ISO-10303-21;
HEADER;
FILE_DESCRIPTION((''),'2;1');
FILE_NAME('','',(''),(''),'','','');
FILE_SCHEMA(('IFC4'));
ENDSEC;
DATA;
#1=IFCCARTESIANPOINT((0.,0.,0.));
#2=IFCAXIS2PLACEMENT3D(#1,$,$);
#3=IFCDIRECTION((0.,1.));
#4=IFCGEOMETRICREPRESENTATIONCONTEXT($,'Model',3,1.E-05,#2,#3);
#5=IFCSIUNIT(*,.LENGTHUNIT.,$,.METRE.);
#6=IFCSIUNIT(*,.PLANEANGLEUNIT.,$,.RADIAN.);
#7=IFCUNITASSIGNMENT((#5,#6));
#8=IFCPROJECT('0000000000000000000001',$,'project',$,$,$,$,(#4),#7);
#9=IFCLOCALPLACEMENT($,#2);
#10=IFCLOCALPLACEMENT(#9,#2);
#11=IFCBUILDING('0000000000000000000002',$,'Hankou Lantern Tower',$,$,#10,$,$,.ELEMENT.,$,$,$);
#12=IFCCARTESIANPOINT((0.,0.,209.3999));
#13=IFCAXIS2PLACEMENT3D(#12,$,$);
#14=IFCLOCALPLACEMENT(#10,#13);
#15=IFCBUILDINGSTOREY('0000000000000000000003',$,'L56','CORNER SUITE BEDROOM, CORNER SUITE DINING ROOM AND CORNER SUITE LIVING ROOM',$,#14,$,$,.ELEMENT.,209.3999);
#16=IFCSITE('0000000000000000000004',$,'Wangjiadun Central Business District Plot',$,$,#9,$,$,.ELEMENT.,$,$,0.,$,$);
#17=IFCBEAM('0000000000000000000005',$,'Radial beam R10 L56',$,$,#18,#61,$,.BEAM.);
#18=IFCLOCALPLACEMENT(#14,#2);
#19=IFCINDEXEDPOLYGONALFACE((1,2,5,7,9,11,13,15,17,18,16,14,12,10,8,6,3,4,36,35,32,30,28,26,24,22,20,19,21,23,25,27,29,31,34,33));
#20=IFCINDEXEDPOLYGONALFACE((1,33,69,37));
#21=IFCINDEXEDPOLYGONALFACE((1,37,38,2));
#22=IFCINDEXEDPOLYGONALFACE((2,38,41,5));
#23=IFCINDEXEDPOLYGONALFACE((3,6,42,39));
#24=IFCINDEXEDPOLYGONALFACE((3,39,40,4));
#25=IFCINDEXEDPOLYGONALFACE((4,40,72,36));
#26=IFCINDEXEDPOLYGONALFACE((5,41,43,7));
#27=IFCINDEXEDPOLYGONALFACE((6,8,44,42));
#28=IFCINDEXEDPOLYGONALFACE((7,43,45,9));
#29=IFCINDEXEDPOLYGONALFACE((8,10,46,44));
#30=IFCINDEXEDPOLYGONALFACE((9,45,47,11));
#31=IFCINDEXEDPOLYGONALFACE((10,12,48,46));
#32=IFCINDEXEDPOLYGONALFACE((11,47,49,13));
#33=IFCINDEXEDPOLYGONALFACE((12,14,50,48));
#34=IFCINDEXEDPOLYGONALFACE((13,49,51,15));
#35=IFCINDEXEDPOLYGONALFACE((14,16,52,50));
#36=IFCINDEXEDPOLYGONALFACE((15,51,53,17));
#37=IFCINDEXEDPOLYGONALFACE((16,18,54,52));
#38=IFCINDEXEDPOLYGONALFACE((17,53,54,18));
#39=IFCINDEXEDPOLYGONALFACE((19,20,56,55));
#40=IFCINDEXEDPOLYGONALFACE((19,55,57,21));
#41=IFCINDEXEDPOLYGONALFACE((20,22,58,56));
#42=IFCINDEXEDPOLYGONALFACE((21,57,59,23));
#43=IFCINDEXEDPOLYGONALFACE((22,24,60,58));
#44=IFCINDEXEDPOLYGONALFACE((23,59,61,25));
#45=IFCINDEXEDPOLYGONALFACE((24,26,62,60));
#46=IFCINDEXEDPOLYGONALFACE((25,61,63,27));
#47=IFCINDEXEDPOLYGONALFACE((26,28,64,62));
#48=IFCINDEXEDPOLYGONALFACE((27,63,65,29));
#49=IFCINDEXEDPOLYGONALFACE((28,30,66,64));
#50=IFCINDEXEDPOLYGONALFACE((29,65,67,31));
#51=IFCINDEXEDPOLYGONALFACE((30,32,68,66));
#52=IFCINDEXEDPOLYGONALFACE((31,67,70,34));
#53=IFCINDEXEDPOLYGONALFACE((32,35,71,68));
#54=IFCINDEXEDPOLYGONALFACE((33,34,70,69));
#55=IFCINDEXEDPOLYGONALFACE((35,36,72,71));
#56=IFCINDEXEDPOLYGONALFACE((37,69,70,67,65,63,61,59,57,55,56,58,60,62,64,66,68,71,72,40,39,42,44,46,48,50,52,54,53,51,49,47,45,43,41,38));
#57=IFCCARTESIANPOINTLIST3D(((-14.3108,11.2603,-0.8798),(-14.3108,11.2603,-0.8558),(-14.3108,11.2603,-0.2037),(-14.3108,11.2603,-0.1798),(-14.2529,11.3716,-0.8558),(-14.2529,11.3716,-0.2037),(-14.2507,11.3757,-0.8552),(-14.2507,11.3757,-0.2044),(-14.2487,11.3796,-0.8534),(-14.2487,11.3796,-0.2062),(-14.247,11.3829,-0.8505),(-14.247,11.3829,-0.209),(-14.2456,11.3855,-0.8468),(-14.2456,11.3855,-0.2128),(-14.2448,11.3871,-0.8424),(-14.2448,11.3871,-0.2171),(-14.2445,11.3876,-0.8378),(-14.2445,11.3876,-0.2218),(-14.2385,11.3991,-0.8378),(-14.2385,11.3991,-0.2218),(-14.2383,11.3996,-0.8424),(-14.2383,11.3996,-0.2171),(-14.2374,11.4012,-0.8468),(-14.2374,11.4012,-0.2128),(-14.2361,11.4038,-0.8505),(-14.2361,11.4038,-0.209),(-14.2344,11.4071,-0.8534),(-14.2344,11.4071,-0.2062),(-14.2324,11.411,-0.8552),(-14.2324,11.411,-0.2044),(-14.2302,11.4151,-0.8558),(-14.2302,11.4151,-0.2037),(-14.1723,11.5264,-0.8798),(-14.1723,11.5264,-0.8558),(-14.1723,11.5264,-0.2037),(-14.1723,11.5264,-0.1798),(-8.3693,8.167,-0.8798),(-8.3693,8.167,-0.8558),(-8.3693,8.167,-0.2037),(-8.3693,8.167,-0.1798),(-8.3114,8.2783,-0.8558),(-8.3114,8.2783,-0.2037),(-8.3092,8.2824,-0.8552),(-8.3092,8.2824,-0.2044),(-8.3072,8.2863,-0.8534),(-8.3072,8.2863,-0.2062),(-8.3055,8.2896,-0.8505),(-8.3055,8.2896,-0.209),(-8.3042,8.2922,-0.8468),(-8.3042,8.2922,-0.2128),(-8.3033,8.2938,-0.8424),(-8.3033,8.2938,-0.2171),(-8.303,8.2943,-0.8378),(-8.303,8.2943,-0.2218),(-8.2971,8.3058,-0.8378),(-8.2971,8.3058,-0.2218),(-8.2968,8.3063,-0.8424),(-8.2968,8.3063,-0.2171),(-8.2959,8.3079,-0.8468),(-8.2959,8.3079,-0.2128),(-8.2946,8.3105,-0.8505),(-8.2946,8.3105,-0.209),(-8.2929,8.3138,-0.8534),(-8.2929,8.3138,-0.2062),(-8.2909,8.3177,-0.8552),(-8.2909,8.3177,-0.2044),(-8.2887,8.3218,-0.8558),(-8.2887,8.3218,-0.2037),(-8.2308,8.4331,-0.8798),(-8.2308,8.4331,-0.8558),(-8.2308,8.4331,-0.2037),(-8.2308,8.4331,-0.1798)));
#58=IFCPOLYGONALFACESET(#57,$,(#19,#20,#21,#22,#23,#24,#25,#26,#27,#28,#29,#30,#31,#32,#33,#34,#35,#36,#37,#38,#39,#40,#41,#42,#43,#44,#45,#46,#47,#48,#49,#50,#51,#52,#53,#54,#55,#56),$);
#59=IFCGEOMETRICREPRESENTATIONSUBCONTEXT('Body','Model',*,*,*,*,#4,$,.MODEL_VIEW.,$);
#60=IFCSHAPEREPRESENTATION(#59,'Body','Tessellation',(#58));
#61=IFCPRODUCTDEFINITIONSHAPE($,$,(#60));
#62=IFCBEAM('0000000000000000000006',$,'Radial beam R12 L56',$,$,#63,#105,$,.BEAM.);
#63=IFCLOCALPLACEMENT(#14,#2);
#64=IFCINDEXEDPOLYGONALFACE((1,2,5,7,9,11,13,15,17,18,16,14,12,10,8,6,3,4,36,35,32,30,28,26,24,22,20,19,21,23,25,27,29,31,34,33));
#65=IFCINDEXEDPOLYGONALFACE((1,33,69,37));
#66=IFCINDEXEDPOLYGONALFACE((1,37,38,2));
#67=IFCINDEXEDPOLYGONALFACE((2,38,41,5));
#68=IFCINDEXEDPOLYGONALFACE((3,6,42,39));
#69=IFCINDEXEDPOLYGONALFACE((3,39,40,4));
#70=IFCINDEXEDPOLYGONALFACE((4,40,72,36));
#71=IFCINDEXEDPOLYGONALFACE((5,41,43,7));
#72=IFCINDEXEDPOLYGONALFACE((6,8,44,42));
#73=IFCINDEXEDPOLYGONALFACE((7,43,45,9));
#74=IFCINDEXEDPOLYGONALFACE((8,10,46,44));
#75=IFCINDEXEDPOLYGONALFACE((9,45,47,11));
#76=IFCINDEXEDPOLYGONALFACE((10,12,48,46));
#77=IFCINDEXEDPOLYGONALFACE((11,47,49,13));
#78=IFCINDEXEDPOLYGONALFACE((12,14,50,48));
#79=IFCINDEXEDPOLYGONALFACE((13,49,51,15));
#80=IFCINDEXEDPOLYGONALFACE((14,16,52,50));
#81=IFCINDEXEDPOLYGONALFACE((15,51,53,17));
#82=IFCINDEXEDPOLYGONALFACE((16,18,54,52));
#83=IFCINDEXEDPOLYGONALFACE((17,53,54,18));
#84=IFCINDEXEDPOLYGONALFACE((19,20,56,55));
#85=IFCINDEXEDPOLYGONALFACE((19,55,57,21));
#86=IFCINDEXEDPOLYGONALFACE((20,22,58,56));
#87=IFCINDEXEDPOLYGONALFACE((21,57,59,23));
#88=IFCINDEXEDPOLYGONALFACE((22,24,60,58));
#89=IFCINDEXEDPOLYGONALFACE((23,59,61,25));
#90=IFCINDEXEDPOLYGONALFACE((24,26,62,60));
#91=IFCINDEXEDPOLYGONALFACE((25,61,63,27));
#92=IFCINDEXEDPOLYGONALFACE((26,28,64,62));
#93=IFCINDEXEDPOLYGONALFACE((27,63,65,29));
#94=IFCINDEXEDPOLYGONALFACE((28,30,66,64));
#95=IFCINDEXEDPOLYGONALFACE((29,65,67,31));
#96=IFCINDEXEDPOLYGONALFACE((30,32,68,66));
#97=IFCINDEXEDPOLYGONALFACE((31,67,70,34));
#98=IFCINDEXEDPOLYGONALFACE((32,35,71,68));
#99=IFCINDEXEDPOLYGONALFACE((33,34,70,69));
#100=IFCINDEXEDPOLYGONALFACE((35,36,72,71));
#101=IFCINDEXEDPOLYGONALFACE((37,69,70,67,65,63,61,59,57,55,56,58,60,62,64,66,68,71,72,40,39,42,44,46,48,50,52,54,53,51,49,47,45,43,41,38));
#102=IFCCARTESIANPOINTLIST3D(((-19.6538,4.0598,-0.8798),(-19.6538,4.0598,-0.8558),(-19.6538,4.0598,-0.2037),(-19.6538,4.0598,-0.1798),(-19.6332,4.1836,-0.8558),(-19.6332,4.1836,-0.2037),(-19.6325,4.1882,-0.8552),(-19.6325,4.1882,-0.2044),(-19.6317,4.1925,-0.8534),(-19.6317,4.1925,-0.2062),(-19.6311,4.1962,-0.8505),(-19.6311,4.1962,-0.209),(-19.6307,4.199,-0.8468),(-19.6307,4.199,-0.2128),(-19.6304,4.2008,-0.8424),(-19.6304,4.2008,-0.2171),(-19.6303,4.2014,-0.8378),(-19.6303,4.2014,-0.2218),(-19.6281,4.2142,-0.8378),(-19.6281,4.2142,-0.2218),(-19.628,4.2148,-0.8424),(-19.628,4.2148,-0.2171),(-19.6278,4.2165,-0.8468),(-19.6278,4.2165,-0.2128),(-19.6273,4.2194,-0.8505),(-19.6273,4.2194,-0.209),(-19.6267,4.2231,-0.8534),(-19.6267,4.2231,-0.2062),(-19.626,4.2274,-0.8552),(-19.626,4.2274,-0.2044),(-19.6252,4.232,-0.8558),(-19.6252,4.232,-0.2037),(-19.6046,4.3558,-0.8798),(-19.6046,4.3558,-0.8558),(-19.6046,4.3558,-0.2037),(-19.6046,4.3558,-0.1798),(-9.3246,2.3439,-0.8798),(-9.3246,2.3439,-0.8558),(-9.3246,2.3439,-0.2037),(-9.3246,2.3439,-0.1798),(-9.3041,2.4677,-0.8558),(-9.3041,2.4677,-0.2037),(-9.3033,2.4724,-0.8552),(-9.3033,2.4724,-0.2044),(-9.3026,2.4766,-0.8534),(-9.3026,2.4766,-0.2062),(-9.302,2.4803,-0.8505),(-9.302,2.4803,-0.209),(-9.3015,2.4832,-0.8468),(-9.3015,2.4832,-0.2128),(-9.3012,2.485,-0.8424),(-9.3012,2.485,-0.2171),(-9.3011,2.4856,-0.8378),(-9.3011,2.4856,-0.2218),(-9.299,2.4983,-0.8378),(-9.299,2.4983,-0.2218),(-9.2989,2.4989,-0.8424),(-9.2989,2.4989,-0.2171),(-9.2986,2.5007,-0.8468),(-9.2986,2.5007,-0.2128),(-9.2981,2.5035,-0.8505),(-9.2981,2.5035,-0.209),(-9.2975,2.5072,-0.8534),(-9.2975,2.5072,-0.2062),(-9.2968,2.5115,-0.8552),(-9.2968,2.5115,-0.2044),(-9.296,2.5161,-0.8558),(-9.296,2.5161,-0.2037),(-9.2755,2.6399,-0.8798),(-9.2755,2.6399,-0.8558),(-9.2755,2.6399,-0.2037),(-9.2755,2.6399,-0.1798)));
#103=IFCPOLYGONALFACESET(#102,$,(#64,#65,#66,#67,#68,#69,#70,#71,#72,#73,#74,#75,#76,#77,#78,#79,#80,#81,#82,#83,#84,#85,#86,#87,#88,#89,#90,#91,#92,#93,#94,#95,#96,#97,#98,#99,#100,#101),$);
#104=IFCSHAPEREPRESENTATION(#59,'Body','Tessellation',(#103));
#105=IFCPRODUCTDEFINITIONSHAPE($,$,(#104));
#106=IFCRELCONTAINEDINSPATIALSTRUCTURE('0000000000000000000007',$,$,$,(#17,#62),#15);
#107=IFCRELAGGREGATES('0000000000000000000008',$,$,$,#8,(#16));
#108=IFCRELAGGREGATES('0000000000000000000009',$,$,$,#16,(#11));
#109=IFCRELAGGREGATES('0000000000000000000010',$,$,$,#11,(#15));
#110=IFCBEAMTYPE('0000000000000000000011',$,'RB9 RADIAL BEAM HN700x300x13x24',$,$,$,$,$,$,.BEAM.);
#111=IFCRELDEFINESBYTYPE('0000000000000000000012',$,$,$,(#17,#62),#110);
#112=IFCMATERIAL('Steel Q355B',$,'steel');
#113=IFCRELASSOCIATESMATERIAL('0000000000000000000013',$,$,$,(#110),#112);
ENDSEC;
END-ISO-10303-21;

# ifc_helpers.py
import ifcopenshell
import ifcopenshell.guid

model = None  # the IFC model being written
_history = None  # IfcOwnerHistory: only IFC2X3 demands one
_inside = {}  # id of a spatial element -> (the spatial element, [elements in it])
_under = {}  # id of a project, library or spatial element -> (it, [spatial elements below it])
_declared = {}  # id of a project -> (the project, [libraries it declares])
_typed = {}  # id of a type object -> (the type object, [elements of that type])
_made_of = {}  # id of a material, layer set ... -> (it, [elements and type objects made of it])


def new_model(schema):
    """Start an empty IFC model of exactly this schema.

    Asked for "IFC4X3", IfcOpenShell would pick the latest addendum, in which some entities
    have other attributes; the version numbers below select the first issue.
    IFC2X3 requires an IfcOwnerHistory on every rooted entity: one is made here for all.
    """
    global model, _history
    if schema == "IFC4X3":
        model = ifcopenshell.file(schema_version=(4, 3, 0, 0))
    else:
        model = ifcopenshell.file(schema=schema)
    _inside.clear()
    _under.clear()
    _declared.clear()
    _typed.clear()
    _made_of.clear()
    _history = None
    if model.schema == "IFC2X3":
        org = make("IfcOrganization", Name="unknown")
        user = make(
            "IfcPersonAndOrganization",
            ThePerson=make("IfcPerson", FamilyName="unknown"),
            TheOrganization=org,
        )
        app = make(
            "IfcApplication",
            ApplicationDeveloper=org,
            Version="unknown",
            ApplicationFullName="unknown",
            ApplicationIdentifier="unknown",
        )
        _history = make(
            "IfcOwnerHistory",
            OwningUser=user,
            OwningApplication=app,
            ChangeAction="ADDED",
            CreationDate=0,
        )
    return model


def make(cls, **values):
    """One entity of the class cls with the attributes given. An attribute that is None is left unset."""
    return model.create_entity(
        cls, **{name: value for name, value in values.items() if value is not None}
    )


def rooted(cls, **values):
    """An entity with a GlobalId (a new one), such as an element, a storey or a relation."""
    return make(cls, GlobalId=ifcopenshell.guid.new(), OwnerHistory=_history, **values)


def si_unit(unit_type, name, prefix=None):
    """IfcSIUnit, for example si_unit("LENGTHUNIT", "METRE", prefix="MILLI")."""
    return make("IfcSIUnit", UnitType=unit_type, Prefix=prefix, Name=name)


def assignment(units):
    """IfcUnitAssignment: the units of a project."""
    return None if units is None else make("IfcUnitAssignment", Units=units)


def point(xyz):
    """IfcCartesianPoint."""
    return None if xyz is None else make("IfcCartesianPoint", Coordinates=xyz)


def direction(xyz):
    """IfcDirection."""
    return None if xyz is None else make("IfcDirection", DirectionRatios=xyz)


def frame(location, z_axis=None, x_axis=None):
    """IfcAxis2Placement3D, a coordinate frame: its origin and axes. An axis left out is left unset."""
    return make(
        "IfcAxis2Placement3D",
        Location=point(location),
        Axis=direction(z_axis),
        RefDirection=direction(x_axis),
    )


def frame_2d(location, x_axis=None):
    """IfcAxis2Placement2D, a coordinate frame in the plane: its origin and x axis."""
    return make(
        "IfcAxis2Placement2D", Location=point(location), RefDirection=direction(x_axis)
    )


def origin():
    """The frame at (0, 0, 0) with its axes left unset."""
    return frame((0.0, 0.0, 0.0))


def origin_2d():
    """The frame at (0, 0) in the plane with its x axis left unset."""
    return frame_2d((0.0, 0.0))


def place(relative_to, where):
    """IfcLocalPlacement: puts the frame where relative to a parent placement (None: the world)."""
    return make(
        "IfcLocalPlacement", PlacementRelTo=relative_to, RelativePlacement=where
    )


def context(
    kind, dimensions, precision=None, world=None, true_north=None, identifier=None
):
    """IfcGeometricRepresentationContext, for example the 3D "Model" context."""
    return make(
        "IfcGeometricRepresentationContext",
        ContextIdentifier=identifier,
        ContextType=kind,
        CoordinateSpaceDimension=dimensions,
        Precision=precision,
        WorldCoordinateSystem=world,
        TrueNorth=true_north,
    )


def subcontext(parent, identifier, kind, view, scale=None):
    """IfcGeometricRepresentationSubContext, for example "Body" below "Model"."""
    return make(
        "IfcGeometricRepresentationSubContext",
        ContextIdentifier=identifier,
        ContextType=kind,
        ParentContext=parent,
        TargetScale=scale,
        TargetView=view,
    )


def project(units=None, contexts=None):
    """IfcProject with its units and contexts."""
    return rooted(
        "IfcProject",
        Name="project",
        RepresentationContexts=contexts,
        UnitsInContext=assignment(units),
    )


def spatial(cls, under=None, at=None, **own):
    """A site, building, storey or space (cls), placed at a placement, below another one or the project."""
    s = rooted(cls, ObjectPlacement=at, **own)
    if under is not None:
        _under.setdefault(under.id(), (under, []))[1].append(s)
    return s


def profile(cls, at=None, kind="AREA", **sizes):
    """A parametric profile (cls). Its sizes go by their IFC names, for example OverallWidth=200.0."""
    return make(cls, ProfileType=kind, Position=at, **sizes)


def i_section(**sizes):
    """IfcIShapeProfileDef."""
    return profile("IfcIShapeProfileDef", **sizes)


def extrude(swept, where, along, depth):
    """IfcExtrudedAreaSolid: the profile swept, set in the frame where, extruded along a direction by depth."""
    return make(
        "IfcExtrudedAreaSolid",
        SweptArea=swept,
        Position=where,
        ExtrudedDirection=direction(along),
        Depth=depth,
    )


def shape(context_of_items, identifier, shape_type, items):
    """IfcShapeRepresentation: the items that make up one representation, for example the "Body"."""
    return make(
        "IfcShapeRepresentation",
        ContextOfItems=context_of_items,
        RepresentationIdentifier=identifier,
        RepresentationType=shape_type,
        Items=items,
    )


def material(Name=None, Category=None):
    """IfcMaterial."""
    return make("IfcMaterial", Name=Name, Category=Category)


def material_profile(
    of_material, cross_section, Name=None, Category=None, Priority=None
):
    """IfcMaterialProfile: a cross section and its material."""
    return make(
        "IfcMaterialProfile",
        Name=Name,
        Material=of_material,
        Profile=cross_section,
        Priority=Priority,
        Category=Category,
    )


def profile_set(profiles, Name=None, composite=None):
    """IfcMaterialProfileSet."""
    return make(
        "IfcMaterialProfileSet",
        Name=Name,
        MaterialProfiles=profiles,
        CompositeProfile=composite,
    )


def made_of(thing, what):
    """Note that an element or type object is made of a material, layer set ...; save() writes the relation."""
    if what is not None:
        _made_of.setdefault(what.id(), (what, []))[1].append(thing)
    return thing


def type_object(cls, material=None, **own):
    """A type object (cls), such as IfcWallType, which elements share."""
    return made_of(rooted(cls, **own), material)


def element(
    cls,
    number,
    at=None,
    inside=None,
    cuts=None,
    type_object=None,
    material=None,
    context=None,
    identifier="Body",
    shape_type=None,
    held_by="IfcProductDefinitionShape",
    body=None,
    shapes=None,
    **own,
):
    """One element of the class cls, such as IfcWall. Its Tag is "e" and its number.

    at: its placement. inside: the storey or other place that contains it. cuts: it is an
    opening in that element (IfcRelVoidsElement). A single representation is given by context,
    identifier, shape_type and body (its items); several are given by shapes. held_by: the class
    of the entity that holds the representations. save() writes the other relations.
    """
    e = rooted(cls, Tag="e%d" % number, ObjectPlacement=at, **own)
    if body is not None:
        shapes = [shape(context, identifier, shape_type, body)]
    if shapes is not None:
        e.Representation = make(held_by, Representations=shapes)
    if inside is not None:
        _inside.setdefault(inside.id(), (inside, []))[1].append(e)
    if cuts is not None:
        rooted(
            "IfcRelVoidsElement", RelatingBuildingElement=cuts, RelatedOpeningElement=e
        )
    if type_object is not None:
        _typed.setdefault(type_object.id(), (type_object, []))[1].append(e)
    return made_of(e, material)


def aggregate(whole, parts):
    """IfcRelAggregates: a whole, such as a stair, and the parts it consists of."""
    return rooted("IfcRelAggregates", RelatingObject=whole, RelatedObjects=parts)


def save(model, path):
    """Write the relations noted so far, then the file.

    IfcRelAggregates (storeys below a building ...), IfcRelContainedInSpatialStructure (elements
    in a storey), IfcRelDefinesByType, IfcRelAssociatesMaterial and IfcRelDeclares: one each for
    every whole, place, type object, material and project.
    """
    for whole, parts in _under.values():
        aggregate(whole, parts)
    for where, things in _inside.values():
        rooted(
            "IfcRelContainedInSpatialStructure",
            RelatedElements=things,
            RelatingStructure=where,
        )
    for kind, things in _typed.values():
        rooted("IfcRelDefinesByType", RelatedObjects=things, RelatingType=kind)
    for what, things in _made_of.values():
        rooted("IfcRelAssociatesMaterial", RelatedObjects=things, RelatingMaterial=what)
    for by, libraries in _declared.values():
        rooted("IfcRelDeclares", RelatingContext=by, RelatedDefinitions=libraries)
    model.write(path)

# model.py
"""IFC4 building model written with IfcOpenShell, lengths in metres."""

from ifc_helpers import new_model, si_unit, direction, frame, origin, origin_2d, place, context, subcontext, project, spatial, i_section, extrude, material, material_profile, profile_set, type_object, element, save


model = new_model("IFC4")

# Units and contexts
model_context = context("Model", 3, precision=1e-05, world=origin(), true_north=direction((0.0, 1.0)))
body_context = subcontext(model_context, "Body", "Model", "MODEL_VIEW")
ifc_project = project(units=[si_unit("LENGTHUNIT", "METRE"), si_unit("PLANEANGLEUNIT", "RADIAN")], contexts=[model_context])

# Site, building, storey
site_placement = place(None, origin())
site = spatial("IfcSite", under=ifc_project, at=site_placement, Name="Wangjiadun Central Business District Plot", CompositionType="ELEMENT", RefElevation=0.0)
building_placement = place(site_placement, origin())
building = spatial("IfcBuilding", under=site, at=building_placement, Name="Hankou Lantern Tower", CompositionType="ELEMENT")
storey_placement = place(building_placement, frame((0.0, 0.0, 209.3999)))
storey = spatial("IfcBuildingStorey", under=building, at=storey_placement, Name="L56", Description="CORNER SUITE BEDROOM, CORNER SUITE DINING ROOM AND CORNER SUITE LIVING ROOM", CompositionType="ELEMENT", Elevation=209.3999)

# Beams
ifc_material_1 = material(Name="Steel Q355B", Category="steel")
ifc_material_profile_1 = material_profile(ifc_material_1, i_section(OverallWidth=0.3, OverallDepth=0.7, WebThickness=0.0129, FlangeThickness=0.0239, FilletRadius=0.0181, at=origin_2d()), Name="HN700x300x13x24")
ifc_profile_set_1 = profile_set([ifc_material_profile_1], Name="Steel Q355B")
beam_type_1 = type_object("IfcBeamType", Name="RB9 RADIAL BEAM HN700x300x13x24", PredefinedType="BEAM", material=ifc_profile_set_1)
beam_1_placement = place(storey_placement, frame((-8.3, 8.3, -0.5298), z_axis=(-0.886989, 0.461791, 0.0), x_axis=(-0.461791, -0.886989, 0.0)))
element("IfcBeam", 1, at=beam_1_placement, inside=storey, type_object=beam_type_1, Name="Radial beam R10 L56", PredefinedType="BEAM", context=body_context, shape_type="SweptSolid", body=[
    extrude(i_section(OverallWidth=0.3, OverallDepth=0.7, WebThickness=0.0129, FlangeThickness=0.0239, FilletRadius=0.0181, at=origin_2d()), origin(), (0.0, 0.0, 1.0), 6.6985),
])
beam_2_placement = place(storey_placement, frame((-9.3, 2.4919, -0.5298), z_axis=(-0.986482, 0.16387, 0.0), x_axis=(-0.16387, -0.986482, 0.0)))
element("IfcBeam", 2, at=beam_2_placement, inside=storey, type_object=beam_type_1, Name="Radial beam R12 L56", PredefinedType="BEAM", context=body_context, shape_type="SweptSolid", body=[
    extrude(i_section(OverallWidth=0.3, OverallDepth=0.7, WebThickness=0.0129, FlangeThickness=0.0239, FilletRadius=0.0181, at=origin_2d()), origin(), (0.0, 0.0, 1.0), 10.4707),
])

save(model, "model.ifc")
